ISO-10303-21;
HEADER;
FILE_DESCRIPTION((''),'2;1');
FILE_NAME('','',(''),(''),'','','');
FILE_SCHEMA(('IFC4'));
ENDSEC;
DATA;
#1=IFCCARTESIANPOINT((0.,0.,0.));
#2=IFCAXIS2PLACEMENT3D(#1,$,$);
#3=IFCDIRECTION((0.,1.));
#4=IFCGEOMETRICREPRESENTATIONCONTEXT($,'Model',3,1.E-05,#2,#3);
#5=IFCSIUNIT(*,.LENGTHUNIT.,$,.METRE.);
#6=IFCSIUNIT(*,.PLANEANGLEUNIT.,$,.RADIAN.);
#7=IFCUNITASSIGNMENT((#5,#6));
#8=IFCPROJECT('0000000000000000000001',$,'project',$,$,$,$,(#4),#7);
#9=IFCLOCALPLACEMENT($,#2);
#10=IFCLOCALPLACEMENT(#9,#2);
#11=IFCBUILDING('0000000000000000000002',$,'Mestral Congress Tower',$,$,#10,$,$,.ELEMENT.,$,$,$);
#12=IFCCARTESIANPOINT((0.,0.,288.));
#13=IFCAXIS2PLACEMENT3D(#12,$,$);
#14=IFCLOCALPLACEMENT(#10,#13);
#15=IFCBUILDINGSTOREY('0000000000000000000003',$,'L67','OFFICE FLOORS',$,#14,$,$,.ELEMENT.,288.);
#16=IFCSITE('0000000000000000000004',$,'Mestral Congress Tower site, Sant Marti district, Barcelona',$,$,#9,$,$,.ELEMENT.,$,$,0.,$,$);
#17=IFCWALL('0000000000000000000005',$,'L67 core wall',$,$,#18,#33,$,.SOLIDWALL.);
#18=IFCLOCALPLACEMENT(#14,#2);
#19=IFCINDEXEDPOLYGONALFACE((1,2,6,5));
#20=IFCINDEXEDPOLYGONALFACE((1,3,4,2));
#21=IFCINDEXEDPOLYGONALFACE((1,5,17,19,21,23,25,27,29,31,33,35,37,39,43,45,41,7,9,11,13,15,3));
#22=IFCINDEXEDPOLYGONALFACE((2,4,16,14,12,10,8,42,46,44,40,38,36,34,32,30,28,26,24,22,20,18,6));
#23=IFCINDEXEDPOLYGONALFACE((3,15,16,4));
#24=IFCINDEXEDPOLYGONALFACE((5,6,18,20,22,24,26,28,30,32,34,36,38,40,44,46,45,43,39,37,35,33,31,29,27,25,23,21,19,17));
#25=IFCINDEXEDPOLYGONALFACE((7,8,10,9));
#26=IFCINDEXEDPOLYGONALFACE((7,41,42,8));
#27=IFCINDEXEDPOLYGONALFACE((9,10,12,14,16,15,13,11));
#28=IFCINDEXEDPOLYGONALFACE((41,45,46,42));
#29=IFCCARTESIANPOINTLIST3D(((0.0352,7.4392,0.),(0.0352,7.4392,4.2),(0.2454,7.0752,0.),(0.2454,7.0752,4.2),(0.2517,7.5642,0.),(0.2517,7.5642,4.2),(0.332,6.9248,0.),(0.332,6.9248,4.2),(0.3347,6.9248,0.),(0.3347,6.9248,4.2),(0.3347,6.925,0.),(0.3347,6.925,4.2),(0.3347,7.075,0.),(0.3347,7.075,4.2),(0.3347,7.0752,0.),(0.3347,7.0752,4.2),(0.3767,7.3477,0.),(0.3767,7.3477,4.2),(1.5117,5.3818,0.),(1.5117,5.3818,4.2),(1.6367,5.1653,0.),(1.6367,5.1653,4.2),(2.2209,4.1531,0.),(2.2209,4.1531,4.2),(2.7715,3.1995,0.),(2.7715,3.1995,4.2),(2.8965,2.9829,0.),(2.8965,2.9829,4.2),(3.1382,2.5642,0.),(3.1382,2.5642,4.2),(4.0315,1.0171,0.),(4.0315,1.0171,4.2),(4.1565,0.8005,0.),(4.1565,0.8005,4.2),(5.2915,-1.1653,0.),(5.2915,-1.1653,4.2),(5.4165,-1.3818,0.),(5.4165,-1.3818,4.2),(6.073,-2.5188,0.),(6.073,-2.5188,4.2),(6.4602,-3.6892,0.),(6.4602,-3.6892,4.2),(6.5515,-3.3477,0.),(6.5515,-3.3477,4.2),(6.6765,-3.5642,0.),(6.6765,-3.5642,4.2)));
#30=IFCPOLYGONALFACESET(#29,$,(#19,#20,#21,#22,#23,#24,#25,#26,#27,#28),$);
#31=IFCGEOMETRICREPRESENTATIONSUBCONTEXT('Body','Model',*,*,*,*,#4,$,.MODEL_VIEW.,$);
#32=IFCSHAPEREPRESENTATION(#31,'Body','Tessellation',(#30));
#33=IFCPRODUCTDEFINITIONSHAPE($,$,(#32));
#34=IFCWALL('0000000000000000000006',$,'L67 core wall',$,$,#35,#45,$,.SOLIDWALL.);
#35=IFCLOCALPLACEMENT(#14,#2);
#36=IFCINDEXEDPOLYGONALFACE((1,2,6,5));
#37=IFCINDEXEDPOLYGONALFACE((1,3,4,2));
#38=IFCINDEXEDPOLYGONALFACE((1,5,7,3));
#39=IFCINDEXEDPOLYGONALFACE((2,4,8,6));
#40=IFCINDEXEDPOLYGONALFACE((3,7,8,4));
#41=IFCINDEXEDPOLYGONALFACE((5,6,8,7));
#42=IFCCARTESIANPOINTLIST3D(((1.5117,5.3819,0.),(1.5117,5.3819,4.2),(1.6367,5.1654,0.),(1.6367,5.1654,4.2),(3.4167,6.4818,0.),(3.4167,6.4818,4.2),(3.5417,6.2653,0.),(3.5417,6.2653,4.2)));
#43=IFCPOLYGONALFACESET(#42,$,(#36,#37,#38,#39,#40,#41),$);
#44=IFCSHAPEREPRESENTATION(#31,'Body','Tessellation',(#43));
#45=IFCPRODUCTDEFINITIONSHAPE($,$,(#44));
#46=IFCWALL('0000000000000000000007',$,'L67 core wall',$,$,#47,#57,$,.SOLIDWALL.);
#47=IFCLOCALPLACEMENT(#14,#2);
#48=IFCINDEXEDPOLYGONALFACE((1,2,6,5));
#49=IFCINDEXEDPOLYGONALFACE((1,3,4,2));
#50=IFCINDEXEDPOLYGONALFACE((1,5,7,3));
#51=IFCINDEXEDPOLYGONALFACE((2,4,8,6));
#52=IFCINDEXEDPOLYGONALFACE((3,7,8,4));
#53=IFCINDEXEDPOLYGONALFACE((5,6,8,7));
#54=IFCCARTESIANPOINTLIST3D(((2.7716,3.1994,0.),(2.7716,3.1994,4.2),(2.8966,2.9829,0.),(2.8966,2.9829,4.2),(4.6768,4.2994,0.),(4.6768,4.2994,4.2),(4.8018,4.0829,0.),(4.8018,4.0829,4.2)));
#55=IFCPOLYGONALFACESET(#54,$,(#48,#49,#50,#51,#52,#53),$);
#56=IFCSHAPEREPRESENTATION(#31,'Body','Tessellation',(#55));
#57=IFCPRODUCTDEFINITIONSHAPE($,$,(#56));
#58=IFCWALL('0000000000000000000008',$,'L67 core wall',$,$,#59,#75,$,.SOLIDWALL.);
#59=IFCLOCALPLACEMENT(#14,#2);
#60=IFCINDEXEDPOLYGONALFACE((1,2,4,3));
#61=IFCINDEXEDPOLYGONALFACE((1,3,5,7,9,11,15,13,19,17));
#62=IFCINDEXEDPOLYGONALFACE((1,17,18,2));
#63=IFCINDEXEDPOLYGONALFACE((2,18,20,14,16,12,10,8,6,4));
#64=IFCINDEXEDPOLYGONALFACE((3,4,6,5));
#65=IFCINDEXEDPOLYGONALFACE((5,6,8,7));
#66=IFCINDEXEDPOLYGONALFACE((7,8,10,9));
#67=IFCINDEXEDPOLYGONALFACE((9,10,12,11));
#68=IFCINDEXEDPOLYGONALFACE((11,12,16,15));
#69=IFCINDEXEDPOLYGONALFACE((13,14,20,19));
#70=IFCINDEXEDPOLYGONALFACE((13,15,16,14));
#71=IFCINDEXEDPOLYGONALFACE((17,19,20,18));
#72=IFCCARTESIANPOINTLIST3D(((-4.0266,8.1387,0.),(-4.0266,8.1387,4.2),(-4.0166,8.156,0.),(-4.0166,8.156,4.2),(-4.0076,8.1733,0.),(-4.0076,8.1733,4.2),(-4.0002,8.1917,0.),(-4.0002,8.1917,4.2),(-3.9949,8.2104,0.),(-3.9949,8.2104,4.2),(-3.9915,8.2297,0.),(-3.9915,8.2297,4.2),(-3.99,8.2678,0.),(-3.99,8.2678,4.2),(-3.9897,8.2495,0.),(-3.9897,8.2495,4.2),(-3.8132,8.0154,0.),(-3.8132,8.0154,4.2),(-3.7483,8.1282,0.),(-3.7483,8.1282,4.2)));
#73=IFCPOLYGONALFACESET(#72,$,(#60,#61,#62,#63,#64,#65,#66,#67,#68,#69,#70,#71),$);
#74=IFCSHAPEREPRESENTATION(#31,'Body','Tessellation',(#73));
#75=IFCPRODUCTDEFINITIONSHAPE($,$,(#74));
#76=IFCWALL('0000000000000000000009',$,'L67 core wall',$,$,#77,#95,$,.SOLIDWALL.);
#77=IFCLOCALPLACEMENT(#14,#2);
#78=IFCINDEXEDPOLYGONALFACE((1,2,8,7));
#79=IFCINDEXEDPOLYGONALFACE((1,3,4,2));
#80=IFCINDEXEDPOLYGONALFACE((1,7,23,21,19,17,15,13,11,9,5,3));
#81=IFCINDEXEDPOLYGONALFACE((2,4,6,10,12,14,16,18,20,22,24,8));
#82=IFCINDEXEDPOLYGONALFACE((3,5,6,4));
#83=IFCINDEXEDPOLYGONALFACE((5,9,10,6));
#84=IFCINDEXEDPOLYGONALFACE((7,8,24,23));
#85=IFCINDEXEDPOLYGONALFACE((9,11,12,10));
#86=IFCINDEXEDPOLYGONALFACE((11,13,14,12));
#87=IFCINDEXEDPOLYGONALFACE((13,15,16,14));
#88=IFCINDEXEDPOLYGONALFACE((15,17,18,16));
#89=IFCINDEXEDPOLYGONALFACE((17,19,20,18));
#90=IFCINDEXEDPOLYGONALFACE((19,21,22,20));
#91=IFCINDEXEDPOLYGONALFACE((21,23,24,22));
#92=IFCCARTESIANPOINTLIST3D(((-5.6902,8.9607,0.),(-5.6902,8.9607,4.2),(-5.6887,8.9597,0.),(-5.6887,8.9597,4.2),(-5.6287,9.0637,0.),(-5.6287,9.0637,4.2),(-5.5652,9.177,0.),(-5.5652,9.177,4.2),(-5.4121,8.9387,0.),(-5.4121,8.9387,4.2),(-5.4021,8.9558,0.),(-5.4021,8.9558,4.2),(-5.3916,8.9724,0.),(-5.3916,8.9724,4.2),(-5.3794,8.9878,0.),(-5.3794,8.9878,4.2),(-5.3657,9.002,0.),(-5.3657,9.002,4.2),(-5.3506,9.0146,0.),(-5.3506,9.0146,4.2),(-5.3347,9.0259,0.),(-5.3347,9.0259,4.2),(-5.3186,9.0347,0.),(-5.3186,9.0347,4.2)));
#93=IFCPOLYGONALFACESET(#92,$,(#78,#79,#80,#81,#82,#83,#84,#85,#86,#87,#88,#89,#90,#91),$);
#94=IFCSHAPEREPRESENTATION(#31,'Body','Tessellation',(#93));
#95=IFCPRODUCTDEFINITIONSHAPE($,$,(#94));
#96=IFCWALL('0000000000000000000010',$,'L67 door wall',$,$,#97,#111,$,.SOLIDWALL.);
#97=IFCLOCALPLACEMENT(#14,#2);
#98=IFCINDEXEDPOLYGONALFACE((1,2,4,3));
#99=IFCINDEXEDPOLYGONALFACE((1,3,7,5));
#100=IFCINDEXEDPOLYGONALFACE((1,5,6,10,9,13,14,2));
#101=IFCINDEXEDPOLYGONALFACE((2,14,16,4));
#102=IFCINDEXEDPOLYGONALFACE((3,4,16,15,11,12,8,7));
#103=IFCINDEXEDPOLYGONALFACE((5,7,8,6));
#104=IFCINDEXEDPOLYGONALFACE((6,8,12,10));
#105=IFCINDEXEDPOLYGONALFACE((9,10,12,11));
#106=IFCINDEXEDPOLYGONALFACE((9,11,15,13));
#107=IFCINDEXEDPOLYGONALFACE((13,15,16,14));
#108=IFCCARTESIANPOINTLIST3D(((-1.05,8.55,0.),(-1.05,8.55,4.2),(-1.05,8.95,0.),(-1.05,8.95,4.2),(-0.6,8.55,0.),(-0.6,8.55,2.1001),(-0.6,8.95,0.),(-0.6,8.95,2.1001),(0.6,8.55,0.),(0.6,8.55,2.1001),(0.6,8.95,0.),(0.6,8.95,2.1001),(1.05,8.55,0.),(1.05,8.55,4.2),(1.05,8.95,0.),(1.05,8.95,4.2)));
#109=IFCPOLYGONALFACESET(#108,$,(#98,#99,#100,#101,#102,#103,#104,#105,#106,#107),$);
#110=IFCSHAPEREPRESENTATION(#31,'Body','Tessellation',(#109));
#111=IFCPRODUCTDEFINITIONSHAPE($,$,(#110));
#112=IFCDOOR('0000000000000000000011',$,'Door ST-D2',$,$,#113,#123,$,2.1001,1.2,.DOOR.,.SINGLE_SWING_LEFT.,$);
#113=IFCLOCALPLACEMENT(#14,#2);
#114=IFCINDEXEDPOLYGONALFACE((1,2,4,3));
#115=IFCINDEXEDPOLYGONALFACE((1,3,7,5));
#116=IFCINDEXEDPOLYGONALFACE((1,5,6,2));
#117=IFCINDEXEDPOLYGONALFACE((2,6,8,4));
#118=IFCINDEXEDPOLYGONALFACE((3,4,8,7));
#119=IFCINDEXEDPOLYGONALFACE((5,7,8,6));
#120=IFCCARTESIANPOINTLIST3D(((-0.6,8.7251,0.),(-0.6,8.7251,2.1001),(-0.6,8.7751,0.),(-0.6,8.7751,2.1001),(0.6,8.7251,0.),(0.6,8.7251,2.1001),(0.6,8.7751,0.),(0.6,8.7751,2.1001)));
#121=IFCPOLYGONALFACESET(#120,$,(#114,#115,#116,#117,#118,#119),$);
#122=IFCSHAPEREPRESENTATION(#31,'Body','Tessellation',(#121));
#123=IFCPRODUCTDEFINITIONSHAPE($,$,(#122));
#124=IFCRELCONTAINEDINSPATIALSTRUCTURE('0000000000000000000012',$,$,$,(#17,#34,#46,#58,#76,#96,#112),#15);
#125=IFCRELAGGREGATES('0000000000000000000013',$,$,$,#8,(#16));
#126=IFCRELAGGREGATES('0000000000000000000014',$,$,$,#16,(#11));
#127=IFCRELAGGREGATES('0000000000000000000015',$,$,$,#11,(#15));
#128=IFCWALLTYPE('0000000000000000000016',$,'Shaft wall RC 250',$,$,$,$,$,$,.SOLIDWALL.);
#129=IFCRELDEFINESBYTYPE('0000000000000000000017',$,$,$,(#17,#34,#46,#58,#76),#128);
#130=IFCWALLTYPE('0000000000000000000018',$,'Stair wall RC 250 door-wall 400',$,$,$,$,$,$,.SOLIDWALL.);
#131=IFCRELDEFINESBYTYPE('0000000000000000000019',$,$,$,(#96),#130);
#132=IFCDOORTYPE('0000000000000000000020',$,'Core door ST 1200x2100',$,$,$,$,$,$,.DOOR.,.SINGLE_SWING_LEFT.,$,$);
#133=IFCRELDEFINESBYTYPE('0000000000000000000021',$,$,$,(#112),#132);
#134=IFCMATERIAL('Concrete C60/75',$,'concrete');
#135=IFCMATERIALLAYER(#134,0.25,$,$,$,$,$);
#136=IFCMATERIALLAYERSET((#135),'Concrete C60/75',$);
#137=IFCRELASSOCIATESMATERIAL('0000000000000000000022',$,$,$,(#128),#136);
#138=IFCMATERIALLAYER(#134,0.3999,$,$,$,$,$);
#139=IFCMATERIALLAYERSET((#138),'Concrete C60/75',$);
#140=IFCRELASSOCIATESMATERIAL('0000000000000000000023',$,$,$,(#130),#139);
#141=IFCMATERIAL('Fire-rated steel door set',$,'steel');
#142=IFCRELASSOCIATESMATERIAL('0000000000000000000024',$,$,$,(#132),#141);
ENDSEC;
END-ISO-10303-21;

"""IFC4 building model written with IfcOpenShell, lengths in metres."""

from ifc_helpers import new_model, si_unit, direction, frame, frame_2d, origin, place, context, subcontext, project, spatial, polyline, rectangle, outline, extrude, material, layer, layer_set, type_object, element, fill, save


model = new_model("IFC4")

# Units and contexts
model_context = context("Model", 3, precision=1e-05, world=origin(), true_north=direction((0.0, 1.0)))
body_context = subcontext(model_context, "Body", "Model", "MODEL_VIEW")
ifc_project = project(units=[si_unit("LENGTHUNIT", "METRE"), si_unit("PLANEANGLEUNIT", "RADIAN")], contexts=[model_context])

# Site, building, storey
site_placement = place(None, origin())
site = spatial("IfcSite", under=ifc_project, at=site_placement, Name="Mestral Congress Tower site, Sant Marti district, Barcelona", CompositionType="ELEMENT", RefElevation=0.0)
building_placement = place(site_placement, origin())
building = spatial("IfcBuilding", under=site, at=building_placement, Name="Mestral Congress Tower", CompositionType="ELEMENT")
storey_placement = place(building_placement, frame((0.0, 0.0, 288.0)))
storey = spatial("IfcBuildingStorey", under=building, at=storey_placement, Name="L67", Description="OFFICE FLOORS", CompositionType="ELEMENT", Elevation=288.0)

# Shared definitions
ifc_material_1 = material(Name="Fire-rated steel door set", Category="steel")

# Walls
ifc_material_2 = material(Name="Concrete C60/75", Category="concrete")
placement = place(storey_placement, origin())
ifc_layer_1 = layer(ifc_material_2, 0.25)
ifc_layer_set_1 = layer_set([ifc_layer_1], Name="Concrete C60/75")
wall_type_1 = type_object("IfcWallType", Name="Shaft wall RC 250", PredefinedType="SOLIDWALL", material=ifc_layer_set_1)
element("IfcWall", 1, at=placement, inside=storey, type_object=wall_type_1, Name="L67 core wall", PredefinedType="SOLIDWALL", context=body_context, shape_type="SweptSolid", body=[
    extrude(outline(polyline([(0.332, 6.9248), (0.3347, 6.9248), (0.3347, 6.925), (0.3347, 6.925), (0.3347, 7.075), (0.3347, 7.075), (0.3347, 7.0752), (0.2454, 7.0752), (0.0352, 7.4392), (0.2517, 7.5642), (0.3767, 7.3477), (1.5117, 5.3818), (1.6367, 5.1653), (2.2209, 4.1531), (2.7715, 3.1995), (2.8965, 2.9829), (3.1382, 2.5642), (4.0315, 1.0171), (4.1565, 0.8005), (5.2915, -1.1653), (5.4165, -1.3818), (6.073, -2.5188), (6.5515, -3.3477), (6.6765, -3.5642), (6.4602, -3.6892), (0.332, 6.9248)])), origin(), (0.0, 0.0, 1.0), 4.2),
])
wall_1_placement = place(storey_placement, frame((1.5742, 5.2737, 0.0), z_axis=(0.0, 0.0, 1.0), x_axis=(0.866028, 0.499995, 0.0)))
element("IfcWall", 2, at=wall_1_placement, inside=storey, type_object=wall_type_1, Name="L67 core wall", PredefinedType="SOLIDWALL", context=body_context, shape_type="SweptSolid", body=[
    extrude(rectangle(XDim=2.1997, YDim=0.25, at=frame_2d((1.0999, 0.0))), origin(), (0.0, 0.0, 1.0), 4.2),
])
wall_2_placement = place(storey_placement, frame((2.834, 3.0911, 0.0), z_axis=(0.0, 0.0, 1.0), x_axis=(0.866008, 0.50003, 0.0)))
element("IfcWall", 3, at=wall_2_placement, inside=storey, type_object=wall_type_1, Name="L67 core wall", PredefinedType="SOLIDWALL", context=body_context, shape_type="SweptSolid", body=[
    extrude(rectangle(XDim=2.2, YDim=0.25, at=frame_2d((1.1001, 0.0))), origin(), (0.0, 0.0, 1.0), 4.2),
])
element("IfcWall", 4, at=placement, inside=storey, type_object=wall_type_1, Name="L67 core wall", PredefinedType="SOLIDWALL", context=body_context, shape_type="SweptSolid", body=[
    extrude(outline(polyline([(-3.7483, 8.1282), (-3.8132, 8.0154), (-4.0266, 8.1387), (-4.0166, 8.156), (-4.0076, 8.1733), (-4.0002, 8.1917), (-3.9949, 8.2104), (-3.9915, 8.2297), (-3.9897, 8.2495), (-3.99, 8.2678), (-3.7483, 8.1282)])), origin(), (0.0, 0.0, 1.0), 4.2),
])
element("IfcWall", 5, at=placement, inside=storey, type_object=wall_type_1, Name="L67 core wall", PredefinedType="SOLIDWALL", context=body_context, shape_type="SweptSolid", body=[
    extrude(outline(polyline([(-5.6887, 8.9597), (-5.6902, 8.9607), (-5.5652, 9.177), (-5.3186, 9.0347), (-5.3347, 9.0259), (-5.3506, 9.0146), (-5.3657, 9.002), (-5.3794, 8.9878), (-5.3916, 8.9724), (-5.4021, 8.9558), (-5.4121, 8.9387), (-5.6287, 9.0637), (-5.6287, 9.0637), (-5.6887, 8.9597)])), origin(), (0.0, 0.0, 1.0), 4.2),
])

# Wall, opening, door
ifc_layer_2 = layer(ifc_material_2, 0.3999)
ifc_layer_set_2 = layer_set([ifc_layer_2], Name="Concrete C60/75")
wall_type_2 = type_object("IfcWallType", Name="Stair wall RC 250 door-wall 400", PredefinedType="SOLIDWALL", material=ifc_layer_set_2)
wall_3_placement = place(storey_placement, frame((1.05, 8.75, 0.0), z_axis=(0.0, 0.0, 1.0), x_axis=(-1.0, 0.0, 0.0)))
wall_3 = element("IfcWall", 6, at=wall_3_placement, inside=storey, type_object=wall_type_2, Name="L67 door wall", PredefinedType="SOLIDWALL", context=body_context, shape_type="SweptSolid", body=[
    extrude(rectangle(XDim=2.1001, YDim=0.3999, at=frame_2d((1.05, 0.0))), origin(), (0.0, 0.0, 1.0), 4.2),
])
opening_1_placement = place(wall_3_placement, frame((0.45, 0.0, 0.0)))
opening_1 = element("IfcOpeningElement", 7, at=opening_1_placement, cuts=wall_3, PredefinedType="OPENING", context=body_context, shape_type="SweptSolid", body=[
    extrude(rectangle(XDim=1.2, YDim=2.1001, at=frame_2d((0.6001, 1.05))), frame((0.0, 0.21, 0.0), z_axis=(0.0, -1.0, 0.0), x_axis=(1.0, 0.0, 0.0)), (0.0, 0.0, 1.0), 0.4199),
])
door_type_1 = type_object("IfcDoorType", Name="Core door ST 1200x2100", OperationType="SINGLE_SWING_LEFT", PredefinedType="DOOR", material=ifc_material_1)
door_1_placement = place(opening_1_placement, origin())
door_1 = element("IfcDoor", 8, at=door_1_placement, inside=storey, type_object=door_type_1, Name="Door ST-D2", OperationType="SINGLE_SWING_LEFT", OverallHeight=2.1001, OverallWidth=1.2, PredefinedType="DOOR", context=body_context, shape_type="SweptSolid", body=[
    extrude(rectangle(XDim=1.2, YDim=2.1001, at=frame_2d((0.6001, 1.05))), frame((0.0, 0.0249, 0.0), z_axis=(0.0, -1.0, 0.0), x_axis=(1.0, 0.0, 0.0)), (0.0, 0.0, 1.0), 0.05),
])
fill(opening_1, door_1)

save(model, "model.ifc")
